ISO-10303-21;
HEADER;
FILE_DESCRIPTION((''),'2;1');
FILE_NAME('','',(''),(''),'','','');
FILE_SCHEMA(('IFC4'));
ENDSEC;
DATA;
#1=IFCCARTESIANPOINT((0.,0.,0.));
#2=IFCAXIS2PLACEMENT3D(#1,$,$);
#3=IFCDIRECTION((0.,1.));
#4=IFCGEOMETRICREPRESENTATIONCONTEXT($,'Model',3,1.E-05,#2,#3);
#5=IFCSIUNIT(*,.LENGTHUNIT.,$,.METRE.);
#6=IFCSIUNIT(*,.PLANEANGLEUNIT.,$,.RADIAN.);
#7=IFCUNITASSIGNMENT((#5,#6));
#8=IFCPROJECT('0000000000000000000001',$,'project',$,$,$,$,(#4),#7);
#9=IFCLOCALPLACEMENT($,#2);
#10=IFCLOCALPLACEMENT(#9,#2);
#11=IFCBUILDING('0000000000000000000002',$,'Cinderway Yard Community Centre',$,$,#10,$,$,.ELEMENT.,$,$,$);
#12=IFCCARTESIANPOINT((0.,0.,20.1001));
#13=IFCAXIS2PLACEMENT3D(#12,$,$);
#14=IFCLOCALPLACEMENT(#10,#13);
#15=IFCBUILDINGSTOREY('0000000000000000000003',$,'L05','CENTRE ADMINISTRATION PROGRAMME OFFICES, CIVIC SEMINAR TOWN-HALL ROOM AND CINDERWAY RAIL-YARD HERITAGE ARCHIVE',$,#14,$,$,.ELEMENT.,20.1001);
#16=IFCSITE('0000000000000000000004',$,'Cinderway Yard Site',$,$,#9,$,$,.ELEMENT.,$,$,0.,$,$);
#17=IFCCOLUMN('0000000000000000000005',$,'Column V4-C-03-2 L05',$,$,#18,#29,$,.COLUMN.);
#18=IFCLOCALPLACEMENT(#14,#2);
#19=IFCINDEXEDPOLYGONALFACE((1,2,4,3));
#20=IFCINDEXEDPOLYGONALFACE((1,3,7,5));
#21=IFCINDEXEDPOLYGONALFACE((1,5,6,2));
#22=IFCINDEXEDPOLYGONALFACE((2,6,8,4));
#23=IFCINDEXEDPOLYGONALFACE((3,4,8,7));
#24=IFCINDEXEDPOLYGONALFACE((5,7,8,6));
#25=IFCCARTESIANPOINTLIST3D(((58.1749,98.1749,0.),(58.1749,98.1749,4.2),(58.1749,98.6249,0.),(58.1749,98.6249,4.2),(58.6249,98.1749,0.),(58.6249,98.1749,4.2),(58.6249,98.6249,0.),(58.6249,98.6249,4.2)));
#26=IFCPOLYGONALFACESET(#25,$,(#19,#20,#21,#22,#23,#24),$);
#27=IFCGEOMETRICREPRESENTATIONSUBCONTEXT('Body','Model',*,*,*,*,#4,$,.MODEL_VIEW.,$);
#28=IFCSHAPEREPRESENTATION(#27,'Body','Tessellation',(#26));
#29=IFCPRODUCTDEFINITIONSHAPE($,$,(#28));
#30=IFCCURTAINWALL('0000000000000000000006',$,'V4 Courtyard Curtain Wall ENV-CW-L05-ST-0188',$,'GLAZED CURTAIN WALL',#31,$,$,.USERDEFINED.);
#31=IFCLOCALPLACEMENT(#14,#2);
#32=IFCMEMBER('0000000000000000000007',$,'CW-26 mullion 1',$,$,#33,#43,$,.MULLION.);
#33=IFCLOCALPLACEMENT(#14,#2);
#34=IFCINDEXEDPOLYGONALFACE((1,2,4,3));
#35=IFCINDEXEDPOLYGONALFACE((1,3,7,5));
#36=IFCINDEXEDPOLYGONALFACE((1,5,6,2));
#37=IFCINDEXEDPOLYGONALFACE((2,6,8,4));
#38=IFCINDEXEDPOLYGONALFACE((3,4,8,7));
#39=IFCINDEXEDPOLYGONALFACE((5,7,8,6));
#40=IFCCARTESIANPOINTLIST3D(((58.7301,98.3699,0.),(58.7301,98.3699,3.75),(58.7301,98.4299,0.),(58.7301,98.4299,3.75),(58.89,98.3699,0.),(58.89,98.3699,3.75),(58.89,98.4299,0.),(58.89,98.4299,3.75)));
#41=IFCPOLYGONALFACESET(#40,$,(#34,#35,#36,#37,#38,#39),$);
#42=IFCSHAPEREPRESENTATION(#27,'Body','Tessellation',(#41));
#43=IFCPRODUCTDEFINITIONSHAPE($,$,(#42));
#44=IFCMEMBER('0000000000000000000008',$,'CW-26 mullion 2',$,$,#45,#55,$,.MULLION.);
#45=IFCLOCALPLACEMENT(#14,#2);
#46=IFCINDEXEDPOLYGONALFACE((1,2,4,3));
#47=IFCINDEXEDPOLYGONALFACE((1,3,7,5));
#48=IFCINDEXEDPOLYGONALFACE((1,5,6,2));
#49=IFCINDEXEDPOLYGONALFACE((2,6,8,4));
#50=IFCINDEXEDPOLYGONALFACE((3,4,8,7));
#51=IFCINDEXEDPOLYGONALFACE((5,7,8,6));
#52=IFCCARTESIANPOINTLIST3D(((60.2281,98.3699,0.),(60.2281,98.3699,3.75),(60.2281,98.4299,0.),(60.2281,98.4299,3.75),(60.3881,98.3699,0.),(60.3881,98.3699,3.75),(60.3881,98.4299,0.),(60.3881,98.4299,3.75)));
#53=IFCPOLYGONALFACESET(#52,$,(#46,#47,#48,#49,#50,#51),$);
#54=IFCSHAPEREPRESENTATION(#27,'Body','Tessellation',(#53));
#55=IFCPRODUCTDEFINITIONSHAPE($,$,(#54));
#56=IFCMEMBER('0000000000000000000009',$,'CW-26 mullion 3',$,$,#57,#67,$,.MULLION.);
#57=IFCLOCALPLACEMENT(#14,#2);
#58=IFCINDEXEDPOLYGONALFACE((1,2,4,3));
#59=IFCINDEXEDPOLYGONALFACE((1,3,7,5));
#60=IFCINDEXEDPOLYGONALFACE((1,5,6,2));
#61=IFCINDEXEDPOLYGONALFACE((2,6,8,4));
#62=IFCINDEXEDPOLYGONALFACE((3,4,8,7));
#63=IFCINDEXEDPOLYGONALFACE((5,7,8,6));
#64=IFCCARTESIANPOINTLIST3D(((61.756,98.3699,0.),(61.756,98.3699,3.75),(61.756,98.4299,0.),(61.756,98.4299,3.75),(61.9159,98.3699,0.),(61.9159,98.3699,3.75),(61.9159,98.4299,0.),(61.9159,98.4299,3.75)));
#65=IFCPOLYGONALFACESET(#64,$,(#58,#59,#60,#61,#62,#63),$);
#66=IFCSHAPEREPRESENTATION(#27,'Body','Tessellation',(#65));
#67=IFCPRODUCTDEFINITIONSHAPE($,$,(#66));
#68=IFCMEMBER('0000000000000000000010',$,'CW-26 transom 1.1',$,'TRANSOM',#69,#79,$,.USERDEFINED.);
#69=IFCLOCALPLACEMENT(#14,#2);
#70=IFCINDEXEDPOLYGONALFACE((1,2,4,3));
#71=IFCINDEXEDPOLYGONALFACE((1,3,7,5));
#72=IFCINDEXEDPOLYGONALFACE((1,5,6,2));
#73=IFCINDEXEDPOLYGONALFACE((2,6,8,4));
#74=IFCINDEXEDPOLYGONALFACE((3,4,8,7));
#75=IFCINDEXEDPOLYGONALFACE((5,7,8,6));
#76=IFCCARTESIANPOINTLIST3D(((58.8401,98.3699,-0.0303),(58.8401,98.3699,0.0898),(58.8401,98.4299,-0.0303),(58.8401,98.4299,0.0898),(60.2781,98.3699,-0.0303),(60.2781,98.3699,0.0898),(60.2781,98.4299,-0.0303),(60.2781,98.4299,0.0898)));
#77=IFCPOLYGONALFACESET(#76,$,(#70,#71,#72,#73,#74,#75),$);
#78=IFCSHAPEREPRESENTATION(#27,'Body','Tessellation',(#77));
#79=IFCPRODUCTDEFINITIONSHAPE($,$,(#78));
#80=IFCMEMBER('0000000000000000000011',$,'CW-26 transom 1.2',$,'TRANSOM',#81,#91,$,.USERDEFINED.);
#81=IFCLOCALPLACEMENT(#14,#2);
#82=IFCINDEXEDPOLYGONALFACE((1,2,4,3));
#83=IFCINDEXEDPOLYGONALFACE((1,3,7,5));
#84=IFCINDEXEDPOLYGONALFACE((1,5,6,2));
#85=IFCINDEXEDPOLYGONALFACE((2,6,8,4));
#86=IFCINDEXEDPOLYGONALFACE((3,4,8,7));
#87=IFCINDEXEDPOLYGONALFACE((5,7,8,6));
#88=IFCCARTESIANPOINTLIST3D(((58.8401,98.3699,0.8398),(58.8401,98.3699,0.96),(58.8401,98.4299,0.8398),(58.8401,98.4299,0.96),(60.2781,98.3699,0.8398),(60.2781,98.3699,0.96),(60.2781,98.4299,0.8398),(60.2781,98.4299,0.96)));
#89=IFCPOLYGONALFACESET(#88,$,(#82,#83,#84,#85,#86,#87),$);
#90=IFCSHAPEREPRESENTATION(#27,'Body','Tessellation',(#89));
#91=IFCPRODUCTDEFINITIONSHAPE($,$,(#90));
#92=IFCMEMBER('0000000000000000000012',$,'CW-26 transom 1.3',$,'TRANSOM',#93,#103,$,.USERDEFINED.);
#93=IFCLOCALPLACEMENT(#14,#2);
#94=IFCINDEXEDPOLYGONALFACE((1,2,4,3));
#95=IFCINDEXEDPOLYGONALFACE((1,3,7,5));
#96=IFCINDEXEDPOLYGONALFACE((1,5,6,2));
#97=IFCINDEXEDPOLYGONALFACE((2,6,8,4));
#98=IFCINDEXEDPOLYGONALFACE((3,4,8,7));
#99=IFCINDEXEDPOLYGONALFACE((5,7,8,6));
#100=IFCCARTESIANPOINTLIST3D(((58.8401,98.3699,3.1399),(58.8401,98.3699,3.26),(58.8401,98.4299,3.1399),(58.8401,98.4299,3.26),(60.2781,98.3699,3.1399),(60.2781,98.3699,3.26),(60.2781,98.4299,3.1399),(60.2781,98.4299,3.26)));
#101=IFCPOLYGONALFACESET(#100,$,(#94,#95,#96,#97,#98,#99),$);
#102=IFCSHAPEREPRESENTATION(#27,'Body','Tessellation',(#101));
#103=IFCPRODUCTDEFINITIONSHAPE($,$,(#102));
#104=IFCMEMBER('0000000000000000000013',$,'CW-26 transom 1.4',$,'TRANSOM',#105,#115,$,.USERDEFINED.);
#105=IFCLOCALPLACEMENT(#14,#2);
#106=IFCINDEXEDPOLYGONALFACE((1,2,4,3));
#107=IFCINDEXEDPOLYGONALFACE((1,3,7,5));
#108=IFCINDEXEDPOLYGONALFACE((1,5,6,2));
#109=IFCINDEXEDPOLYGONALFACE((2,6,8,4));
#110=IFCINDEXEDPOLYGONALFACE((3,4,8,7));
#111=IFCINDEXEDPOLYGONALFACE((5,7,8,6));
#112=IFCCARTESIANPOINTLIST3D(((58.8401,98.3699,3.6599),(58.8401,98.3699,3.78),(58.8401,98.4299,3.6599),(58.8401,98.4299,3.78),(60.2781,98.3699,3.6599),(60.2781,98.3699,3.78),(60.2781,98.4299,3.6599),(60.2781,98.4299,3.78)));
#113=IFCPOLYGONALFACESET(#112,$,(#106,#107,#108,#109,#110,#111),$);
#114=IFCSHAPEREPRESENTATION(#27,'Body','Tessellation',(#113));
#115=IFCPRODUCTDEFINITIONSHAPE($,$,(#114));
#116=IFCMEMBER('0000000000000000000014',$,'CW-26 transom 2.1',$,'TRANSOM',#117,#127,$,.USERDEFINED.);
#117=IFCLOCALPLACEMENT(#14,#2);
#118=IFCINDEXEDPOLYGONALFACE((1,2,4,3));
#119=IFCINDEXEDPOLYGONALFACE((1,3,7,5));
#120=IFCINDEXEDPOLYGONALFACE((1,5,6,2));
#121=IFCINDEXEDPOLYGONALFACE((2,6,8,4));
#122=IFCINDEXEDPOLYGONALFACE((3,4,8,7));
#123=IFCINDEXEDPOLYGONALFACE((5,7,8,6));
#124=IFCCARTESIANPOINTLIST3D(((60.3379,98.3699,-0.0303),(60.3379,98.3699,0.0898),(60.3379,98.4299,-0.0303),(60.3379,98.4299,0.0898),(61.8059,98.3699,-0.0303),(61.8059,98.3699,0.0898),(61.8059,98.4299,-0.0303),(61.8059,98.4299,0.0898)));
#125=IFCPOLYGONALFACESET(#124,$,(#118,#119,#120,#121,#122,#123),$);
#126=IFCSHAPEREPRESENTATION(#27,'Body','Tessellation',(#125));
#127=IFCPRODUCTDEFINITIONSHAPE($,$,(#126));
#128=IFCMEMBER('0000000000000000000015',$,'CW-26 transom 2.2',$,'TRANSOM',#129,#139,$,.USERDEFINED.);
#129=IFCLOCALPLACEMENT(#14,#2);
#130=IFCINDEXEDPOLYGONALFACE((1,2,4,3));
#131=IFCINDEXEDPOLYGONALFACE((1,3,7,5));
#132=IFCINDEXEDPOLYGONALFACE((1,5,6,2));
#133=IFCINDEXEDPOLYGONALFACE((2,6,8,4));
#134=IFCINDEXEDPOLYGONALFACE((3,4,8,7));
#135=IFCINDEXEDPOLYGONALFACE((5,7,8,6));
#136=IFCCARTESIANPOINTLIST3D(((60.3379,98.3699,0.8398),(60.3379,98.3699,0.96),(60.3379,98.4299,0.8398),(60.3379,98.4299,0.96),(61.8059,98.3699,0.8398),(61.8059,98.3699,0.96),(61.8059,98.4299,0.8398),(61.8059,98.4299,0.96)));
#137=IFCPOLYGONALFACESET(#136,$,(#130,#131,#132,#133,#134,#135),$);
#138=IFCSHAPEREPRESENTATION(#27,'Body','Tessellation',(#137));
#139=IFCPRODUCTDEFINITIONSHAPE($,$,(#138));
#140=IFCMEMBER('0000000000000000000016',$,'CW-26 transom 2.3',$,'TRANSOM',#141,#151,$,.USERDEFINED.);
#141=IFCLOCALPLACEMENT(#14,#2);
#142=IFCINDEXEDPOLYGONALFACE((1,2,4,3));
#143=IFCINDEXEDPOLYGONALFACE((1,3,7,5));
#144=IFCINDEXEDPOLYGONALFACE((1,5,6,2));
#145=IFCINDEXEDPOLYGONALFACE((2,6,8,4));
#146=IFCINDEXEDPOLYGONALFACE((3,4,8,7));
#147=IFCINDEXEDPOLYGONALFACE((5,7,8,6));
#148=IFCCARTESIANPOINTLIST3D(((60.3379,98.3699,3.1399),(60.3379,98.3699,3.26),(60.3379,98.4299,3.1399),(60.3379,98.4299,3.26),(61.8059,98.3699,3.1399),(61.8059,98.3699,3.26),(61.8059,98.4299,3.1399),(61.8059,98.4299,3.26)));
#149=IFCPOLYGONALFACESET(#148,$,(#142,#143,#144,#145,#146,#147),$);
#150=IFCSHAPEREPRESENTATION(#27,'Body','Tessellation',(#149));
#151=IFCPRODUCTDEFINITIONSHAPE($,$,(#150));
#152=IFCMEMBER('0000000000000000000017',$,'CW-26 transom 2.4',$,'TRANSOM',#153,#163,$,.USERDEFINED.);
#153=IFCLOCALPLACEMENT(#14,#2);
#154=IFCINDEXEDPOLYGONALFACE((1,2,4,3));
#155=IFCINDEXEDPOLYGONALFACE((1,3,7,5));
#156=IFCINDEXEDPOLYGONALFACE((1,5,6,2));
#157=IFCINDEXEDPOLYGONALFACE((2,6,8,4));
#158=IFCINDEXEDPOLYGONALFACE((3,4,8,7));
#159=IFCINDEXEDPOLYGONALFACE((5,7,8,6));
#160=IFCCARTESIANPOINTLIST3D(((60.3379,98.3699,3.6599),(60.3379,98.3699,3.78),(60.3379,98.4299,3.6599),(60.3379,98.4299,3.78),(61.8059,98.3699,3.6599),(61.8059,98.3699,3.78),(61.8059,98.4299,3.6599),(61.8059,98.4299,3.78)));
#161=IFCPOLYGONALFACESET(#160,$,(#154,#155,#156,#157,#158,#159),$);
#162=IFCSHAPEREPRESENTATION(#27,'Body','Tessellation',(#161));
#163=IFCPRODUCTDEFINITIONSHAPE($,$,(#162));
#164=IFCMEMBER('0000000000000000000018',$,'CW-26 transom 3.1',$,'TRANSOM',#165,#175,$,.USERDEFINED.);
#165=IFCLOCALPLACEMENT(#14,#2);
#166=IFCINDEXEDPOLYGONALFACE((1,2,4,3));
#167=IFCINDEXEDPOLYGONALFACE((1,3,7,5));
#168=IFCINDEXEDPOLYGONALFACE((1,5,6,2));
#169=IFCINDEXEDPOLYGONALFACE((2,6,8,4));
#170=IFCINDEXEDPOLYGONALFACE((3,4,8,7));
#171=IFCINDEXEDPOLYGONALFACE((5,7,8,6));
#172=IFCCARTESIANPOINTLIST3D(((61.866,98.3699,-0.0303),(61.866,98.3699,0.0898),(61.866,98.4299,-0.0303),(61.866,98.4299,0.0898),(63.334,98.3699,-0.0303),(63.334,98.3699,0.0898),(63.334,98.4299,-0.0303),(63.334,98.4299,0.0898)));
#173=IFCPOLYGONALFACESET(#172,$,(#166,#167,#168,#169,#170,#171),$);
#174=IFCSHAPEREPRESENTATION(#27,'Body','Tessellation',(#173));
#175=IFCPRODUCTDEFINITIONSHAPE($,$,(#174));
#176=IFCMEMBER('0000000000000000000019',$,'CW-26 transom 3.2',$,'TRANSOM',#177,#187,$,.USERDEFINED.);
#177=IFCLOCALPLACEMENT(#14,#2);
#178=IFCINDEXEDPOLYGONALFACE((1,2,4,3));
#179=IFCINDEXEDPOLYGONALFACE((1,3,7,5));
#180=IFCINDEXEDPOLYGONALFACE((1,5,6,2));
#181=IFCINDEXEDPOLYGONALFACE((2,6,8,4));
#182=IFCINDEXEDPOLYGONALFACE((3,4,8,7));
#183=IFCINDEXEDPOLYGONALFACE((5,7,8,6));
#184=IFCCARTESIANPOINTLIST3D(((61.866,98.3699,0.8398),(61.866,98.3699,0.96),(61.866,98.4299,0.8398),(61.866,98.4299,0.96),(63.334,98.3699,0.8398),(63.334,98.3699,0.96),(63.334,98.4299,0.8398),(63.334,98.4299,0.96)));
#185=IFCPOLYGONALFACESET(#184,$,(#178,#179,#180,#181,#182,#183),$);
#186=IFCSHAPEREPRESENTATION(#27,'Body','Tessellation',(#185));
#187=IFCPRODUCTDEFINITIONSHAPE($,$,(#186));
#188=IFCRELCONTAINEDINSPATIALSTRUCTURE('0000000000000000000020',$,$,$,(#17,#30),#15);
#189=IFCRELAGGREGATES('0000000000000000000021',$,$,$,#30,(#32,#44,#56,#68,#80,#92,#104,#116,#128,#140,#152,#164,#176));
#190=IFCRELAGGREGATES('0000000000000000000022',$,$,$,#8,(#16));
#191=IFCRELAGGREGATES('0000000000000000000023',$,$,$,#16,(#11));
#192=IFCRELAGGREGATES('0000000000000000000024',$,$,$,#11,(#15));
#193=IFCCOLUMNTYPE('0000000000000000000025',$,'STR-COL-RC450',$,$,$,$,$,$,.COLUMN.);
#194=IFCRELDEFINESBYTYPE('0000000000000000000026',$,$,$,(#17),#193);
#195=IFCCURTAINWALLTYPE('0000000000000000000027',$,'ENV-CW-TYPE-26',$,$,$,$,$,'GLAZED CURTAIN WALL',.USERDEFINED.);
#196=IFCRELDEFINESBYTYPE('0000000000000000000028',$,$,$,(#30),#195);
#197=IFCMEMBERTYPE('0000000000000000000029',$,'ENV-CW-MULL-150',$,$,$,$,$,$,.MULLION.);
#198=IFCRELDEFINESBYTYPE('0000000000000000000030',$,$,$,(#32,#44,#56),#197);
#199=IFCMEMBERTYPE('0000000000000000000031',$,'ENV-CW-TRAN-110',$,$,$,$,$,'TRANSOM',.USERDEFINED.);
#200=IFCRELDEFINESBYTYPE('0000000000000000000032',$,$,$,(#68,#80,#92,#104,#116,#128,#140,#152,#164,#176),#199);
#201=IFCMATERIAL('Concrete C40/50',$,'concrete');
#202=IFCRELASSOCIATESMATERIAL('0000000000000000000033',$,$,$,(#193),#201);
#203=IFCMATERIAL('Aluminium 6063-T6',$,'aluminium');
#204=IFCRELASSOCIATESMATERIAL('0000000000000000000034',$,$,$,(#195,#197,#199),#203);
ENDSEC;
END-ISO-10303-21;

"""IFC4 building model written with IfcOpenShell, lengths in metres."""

from ifc_helpers import new_model, si_unit, direction, frame, origin, origin_2d, place, context, subcontext, project, spatial, rectangle, extrude, material, material_profile, profile_set, type_object, element, aggregate, save


model = new_model("IFC4")

# Units and contexts
model_context = context("Model", 3, precision=1e-05, world=origin(), true_north=direction((0.0, 1.0)))
body_context = subcontext(model_context, "Body", "Model", "MODEL_VIEW")
ifc_project = project(units=[si_unit("LENGTHUNIT", "METRE"), si_unit("PLANEANGLEUNIT", "RADIAN")], contexts=[model_context])

# Site, building, storey
site_placement = place(None, origin())
site = spatial("IfcSite", under=ifc_project, at=site_placement, Name="Cinderway Yard Site", CompositionType="ELEMENT", RefElevation=0.0)
building_placement = place(site_placement, origin())
building = spatial("IfcBuilding", under=site, at=building_placement, Name="Cinderway Yard Community Centre", CompositionType="ELEMENT")
storey_placement = place(building_placement, frame((0.0, 0.0, 20.1001)))
storey = spatial("IfcBuildingStorey", under=building, at=storey_placement, Name="L05", Description="CENTRE ADMINISTRATION PROGRAMME OFFICES, CIVIC SEMINAR TOWN-HALL ROOM AND CINDERWAY RAIL-YARD HERITAGE ARCHIVE", CompositionType="ELEMENT", Elevation=20.1001)

# Column
ifc_material_1 = material(Name="Concrete C40/50", Category="concrete")
ifc_material_profile_1 = material_profile(ifc_material_1, rectangle(XDim=0.45, YDim=0.45, at=origin_2d()), Name="Concrete C40/50")
ifc_profile_set_1 = profile_set([ifc_material_profile_1], Name="Concrete C40/50")
column_type = type_object("IfcColumnType", Name="STR-COL-RC450", PredefinedType="COLUMN", material=ifc_profile_set_1)
column_placement = place(storey_placement, frame((58.3999, 98.3999, 0.0), z_axis=(0.0, 0.0, 1.0), x_axis=(1.0, 0.0, 0.0)))
element("IfcColumn", 1, at=column_placement, inside=storey, type_object=column_type, Name="Column V4-C-03-2 L05", PredefinedType="COLUMN", context=body_context, shape_type="SweptSolid", body=[
    extrude(rectangle(XDim=0.45, YDim=0.45, at=origin_2d()), origin(), (0.0, 0.0, 1.0), 4.2),
])

# Curtain wall, members
ifc_material_2 = material(Name="Aluminium 6063-T6", Category="aluminium")
curtain_wall_type = type_object("IfcCurtainWallType", Name="ENV-CW-TYPE-26", ElementType="GLAZED CURTAIN WALL", PredefinedType="USERDEFINED", material=ifc_material_2)
curtain_wall_placement = place(storey_placement, origin())
curtain_wall = element("IfcCurtainWall", 2, at=curtain_wall_placement, inside=storey, type_object=curtain_wall_type, Name="V4 Courtyard Curtain Wall ENV-CW-L05-ST-0188", ObjectType="GLAZED CURTAIN WALL", PredefinedType="USERDEFINED")
ifc_material_profile_2 = material_profile(ifc_material_2, rectangle(XDim=0.0601, YDim=0.1599, at=origin_2d()), Name="Aluminium 6063-T6")
ifc_profile_set_2 = profile_set([ifc_material_profile_2], Name="Aluminium 6063-T6")
member_type_1 = type_object("IfcMemberType", Name="ENV-CW-MULL-150", PredefinedType="MULLION", material=ifc_profile_set_2)
member_1_placement = place(storey_placement, frame((58.8101, 98.3999, 0.0), z_axis=(0.0, 0.0, 1.0), x_axis=(0.0, 1.0, 0.0)))
member_1 = element("IfcMember", 3, at=member_1_placement, type_object=member_type_1, Name="CW-26 mullion 1", PredefinedType="MULLION", context=body_context, shape_type="SweptSolid", body=[
    extrude(rectangle(XDim=0.0601, YDim=0.1599, at=origin_2d()), origin(), (0.0, 0.0, 1.0), 3.75),
])
member_2_placement = place(storey_placement, frame((60.3081, 98.3999, 0.0), z_axis=(0.0, 0.0, 1.0), x_axis=(0.0, 1.0, 0.0)))
member_2 = element("IfcMember", 4, at=member_2_placement, type_object=member_type_1, Name="CW-26 mullion 2", PredefinedType="MULLION", context=body_context, shape_type="SweptSolid", body=[
    extrude(rectangle(XDim=0.0601, YDim=0.1599, at=origin_2d()), origin(), (0.0, 0.0, 1.0), 3.75),
])
member_3_placement = place(storey_placement, frame((61.8359, 98.3999, 0.0), z_axis=(0.0, 0.0, 1.0), x_axis=(0.0, 1.0, 0.0)))
member_3 = element("IfcMember", 5, at=member_3_placement, type_object=member_type_1, Name="CW-26 mullion 3", PredefinedType="MULLION", context=body_context, shape_type="SweptSolid", body=[
    extrude(rectangle(XDim=0.0601, YDim=0.1599, at=origin_2d()), origin(), (0.0, 0.0, 1.0), 3.75),
])
ifc_material_profile_3 = material_profile(ifc_material_2, rectangle(XDim=0.0601, YDim=0.1201, at=origin_2d()), Name="Aluminium 6063-T6")
ifc_profile_set_3 = profile_set([ifc_material_profile_3], Name="Aluminium 6063-T6")
member_type_2 = type_object("IfcMemberType", Name="ENV-CW-TRAN-110", ElementType="TRANSOM", PredefinedType="USERDEFINED", material=ifc_profile_set_3)
member_4_placement = place(storey_placement, frame((58.8401, 98.3999, 0.0298), z_axis=(1.0, 0.0, 0.0), x_axis=(0.0, 1.0, 0.0)))
member_4 = element("IfcMember", 6, at=member_4_placement, type_object=member_type_2, Name="CW-26 transom 1.1", ObjectType="TRANSOM", PredefinedType="USERDEFINED", context=body_context, shape_type="SweptSolid", body=[
    extrude(rectangle(XDim=0.0601, YDim=0.1201, at=origin_2d()), origin(), (0.0, 0.0, 1.0), 1.438),
])
member_5_placement = place(storey_placement, frame((58.8401, 98.3999, 0.8999), z_axis=(1.0, 0.0, 0.0), x_axis=(0.0, 1.0, 0.0)))
member_5 = element("IfcMember", 7, at=member_5_placement, type_object=member_type_2, Name="CW-26 transom 1.2", ObjectType="TRANSOM", PredefinedType="USERDEFINED", context=body_context, shape_type="SweptSolid", body=[
    extrude(rectangle(XDim=0.0601, YDim=0.1201, at=origin_2d()), origin(), (0.0, 0.0, 1.0), 1.438),
])
member_6_placement = place(storey_placement, frame((58.8401, 98.3999, 3.2), z_axis=(1.0, 0.0, 0.0), x_axis=(0.0, 1.0, 0.0)))
member_6 = element("IfcMember", 8, at=member_6_placement, type_object=member_type_2, Name="CW-26 transom 1.3", ObjectType="TRANSOM", PredefinedType="USERDEFINED", context=body_context, shape_type="SweptSolid", body=[
    extrude(rectangle(XDim=0.0601, YDim=0.1201, at=origin_2d()), origin(), (0.0, 0.0, 1.0), 1.438),
])
member_7_placement = place(storey_placement, frame((58.8401, 98.3999, 3.72), z_axis=(1.0, 0.0, 0.0), x_axis=(0.0, 1.0, 0.0)))
member_7 = element("IfcMember", 9, at=member_7_placement, type_object=member_type_2, Name="CW-26 transom 1.4", ObjectType="TRANSOM", PredefinedType="USERDEFINED", context=body_context, shape_type="SweptSolid", body=[
    extrude(rectangle(XDim=0.0601, YDim=0.1201, at=origin_2d()), origin(), (0.0, 0.0, 1.0), 1.438),
])
member_8_placement = place(storey_placement, frame((60.3379, 98.3999, 0.0298), z_axis=(1.0, 0.0, 0.0), x_axis=(0.0, 1.0, 0.0)))
member_8 = element("IfcMember", 10, at=member_8_placement, type_object=member_type_2, Name="CW-26 transom 2.1", ObjectType="TRANSOM", PredefinedType="USERDEFINED", context=body_context, shape_type="SweptSolid", body=[
    extrude(rectangle(XDim=0.0601, YDim=0.1201, at=origin_2d()), origin(), (0.0, 0.0, 1.0), 1.468),
])
member_9_placement = place(storey_placement, frame((60.3379, 98.3999, 0.8999), z_axis=(1.0, 0.0, 0.0), x_axis=(0.0, 1.0, 0.0)))
member_9 = element("IfcMember", 11, at=member_9_placement, type_object=member_type_2, Name="CW-26 transom 2.2", ObjectType="TRANSOM", PredefinedType="USERDEFINED", context=body_context, shape_type="SweptSolid", body=[
    extrude(rectangle(XDim=0.0601, YDim=0.1201, at=origin_2d()), origin(), (0.0, 0.0, 1.0), 1.468),
])
member_10_placement = place(storey_placement, frame((60.3379, 98.3999, 3.2), z_axis=(1.0, 0.0, 0.0), x_axis=(0.0, 1.0, 0.0)))
member_10 = element("IfcMember", 12, at=member_10_placement, type_object=member_type_2, Name="CW-26 transom 2.3", ObjectType="TRANSOM", PredefinedType="USERDEFINED", context=body_context, shape_type="SweptSolid", body=[
    extrude(rectangle(XDim=0.0601, YDim=0.1201, at=origin_2d()), origin(), (0.0, 0.0, 1.0), 1.468),
])
member_11_placement = place(storey_placement, frame((60.3379, 98.3999, 3.72), z_axis=(1.0, 0.0, 0.0), x_axis=(0.0, 1.0, 0.0)))
member_11 = element("IfcMember", 13, at=member_11_placement, type_object=member_type_2, Name="CW-26 transom 2.4", ObjectType="TRANSOM", PredefinedType="USERDEFINED", context=body_context, shape_type="SweptSolid", body=[
    extrude(rectangle(XDim=0.0601, YDim=0.1201, at=origin_2d()), origin(), (0.0, 0.0, 1.0), 1.468),
])
member_12_placement = place(storey_placement, frame((61.866, 98.3999, 0.0298), z_axis=(1.0, 0.0, 0.0), x_axis=(0.0, 1.0, 0.0)))
member_12 = element("IfcMember", 14, at=member_12_placement, type_object=member_type_2, Name="CW-26 transom 3.1", ObjectType="TRANSOM", PredefinedType="USERDEFINED", context=body_context, shape_type="SweptSolid", body=[
    extrude(rectangle(XDim=0.0601, YDim=0.1201, at=origin_2d()), origin(), (0.0, 0.0, 1.0), 1.468),
])
member_13_placement = place(storey_placement, frame((61.866, 98.3999, 0.8999), z_axis=(1.0, 0.0, 0.0), x_axis=(0.0, 1.0, 0.0)))
member_13 = element("IfcMember", 15, at=member_13_placement, type_object=member_type_2, Name="CW-26 transom 3.2", ObjectType="TRANSOM", PredefinedType="USERDEFINED", context=body_context, shape_type="SweptSolid", body=[
    extrude(rectangle(XDim=0.0601, YDim=0.1201, at=origin_2d()), origin(), (0.0, 0.0, 1.0), 1.468),
])

aggregate(curtain_wall, [member_1, member_2, member_3, member_4, member_5, member_6, member_7, member_8, member_9, member_10, member_11, member_12, member_13])

save(model, "model.ifc")
